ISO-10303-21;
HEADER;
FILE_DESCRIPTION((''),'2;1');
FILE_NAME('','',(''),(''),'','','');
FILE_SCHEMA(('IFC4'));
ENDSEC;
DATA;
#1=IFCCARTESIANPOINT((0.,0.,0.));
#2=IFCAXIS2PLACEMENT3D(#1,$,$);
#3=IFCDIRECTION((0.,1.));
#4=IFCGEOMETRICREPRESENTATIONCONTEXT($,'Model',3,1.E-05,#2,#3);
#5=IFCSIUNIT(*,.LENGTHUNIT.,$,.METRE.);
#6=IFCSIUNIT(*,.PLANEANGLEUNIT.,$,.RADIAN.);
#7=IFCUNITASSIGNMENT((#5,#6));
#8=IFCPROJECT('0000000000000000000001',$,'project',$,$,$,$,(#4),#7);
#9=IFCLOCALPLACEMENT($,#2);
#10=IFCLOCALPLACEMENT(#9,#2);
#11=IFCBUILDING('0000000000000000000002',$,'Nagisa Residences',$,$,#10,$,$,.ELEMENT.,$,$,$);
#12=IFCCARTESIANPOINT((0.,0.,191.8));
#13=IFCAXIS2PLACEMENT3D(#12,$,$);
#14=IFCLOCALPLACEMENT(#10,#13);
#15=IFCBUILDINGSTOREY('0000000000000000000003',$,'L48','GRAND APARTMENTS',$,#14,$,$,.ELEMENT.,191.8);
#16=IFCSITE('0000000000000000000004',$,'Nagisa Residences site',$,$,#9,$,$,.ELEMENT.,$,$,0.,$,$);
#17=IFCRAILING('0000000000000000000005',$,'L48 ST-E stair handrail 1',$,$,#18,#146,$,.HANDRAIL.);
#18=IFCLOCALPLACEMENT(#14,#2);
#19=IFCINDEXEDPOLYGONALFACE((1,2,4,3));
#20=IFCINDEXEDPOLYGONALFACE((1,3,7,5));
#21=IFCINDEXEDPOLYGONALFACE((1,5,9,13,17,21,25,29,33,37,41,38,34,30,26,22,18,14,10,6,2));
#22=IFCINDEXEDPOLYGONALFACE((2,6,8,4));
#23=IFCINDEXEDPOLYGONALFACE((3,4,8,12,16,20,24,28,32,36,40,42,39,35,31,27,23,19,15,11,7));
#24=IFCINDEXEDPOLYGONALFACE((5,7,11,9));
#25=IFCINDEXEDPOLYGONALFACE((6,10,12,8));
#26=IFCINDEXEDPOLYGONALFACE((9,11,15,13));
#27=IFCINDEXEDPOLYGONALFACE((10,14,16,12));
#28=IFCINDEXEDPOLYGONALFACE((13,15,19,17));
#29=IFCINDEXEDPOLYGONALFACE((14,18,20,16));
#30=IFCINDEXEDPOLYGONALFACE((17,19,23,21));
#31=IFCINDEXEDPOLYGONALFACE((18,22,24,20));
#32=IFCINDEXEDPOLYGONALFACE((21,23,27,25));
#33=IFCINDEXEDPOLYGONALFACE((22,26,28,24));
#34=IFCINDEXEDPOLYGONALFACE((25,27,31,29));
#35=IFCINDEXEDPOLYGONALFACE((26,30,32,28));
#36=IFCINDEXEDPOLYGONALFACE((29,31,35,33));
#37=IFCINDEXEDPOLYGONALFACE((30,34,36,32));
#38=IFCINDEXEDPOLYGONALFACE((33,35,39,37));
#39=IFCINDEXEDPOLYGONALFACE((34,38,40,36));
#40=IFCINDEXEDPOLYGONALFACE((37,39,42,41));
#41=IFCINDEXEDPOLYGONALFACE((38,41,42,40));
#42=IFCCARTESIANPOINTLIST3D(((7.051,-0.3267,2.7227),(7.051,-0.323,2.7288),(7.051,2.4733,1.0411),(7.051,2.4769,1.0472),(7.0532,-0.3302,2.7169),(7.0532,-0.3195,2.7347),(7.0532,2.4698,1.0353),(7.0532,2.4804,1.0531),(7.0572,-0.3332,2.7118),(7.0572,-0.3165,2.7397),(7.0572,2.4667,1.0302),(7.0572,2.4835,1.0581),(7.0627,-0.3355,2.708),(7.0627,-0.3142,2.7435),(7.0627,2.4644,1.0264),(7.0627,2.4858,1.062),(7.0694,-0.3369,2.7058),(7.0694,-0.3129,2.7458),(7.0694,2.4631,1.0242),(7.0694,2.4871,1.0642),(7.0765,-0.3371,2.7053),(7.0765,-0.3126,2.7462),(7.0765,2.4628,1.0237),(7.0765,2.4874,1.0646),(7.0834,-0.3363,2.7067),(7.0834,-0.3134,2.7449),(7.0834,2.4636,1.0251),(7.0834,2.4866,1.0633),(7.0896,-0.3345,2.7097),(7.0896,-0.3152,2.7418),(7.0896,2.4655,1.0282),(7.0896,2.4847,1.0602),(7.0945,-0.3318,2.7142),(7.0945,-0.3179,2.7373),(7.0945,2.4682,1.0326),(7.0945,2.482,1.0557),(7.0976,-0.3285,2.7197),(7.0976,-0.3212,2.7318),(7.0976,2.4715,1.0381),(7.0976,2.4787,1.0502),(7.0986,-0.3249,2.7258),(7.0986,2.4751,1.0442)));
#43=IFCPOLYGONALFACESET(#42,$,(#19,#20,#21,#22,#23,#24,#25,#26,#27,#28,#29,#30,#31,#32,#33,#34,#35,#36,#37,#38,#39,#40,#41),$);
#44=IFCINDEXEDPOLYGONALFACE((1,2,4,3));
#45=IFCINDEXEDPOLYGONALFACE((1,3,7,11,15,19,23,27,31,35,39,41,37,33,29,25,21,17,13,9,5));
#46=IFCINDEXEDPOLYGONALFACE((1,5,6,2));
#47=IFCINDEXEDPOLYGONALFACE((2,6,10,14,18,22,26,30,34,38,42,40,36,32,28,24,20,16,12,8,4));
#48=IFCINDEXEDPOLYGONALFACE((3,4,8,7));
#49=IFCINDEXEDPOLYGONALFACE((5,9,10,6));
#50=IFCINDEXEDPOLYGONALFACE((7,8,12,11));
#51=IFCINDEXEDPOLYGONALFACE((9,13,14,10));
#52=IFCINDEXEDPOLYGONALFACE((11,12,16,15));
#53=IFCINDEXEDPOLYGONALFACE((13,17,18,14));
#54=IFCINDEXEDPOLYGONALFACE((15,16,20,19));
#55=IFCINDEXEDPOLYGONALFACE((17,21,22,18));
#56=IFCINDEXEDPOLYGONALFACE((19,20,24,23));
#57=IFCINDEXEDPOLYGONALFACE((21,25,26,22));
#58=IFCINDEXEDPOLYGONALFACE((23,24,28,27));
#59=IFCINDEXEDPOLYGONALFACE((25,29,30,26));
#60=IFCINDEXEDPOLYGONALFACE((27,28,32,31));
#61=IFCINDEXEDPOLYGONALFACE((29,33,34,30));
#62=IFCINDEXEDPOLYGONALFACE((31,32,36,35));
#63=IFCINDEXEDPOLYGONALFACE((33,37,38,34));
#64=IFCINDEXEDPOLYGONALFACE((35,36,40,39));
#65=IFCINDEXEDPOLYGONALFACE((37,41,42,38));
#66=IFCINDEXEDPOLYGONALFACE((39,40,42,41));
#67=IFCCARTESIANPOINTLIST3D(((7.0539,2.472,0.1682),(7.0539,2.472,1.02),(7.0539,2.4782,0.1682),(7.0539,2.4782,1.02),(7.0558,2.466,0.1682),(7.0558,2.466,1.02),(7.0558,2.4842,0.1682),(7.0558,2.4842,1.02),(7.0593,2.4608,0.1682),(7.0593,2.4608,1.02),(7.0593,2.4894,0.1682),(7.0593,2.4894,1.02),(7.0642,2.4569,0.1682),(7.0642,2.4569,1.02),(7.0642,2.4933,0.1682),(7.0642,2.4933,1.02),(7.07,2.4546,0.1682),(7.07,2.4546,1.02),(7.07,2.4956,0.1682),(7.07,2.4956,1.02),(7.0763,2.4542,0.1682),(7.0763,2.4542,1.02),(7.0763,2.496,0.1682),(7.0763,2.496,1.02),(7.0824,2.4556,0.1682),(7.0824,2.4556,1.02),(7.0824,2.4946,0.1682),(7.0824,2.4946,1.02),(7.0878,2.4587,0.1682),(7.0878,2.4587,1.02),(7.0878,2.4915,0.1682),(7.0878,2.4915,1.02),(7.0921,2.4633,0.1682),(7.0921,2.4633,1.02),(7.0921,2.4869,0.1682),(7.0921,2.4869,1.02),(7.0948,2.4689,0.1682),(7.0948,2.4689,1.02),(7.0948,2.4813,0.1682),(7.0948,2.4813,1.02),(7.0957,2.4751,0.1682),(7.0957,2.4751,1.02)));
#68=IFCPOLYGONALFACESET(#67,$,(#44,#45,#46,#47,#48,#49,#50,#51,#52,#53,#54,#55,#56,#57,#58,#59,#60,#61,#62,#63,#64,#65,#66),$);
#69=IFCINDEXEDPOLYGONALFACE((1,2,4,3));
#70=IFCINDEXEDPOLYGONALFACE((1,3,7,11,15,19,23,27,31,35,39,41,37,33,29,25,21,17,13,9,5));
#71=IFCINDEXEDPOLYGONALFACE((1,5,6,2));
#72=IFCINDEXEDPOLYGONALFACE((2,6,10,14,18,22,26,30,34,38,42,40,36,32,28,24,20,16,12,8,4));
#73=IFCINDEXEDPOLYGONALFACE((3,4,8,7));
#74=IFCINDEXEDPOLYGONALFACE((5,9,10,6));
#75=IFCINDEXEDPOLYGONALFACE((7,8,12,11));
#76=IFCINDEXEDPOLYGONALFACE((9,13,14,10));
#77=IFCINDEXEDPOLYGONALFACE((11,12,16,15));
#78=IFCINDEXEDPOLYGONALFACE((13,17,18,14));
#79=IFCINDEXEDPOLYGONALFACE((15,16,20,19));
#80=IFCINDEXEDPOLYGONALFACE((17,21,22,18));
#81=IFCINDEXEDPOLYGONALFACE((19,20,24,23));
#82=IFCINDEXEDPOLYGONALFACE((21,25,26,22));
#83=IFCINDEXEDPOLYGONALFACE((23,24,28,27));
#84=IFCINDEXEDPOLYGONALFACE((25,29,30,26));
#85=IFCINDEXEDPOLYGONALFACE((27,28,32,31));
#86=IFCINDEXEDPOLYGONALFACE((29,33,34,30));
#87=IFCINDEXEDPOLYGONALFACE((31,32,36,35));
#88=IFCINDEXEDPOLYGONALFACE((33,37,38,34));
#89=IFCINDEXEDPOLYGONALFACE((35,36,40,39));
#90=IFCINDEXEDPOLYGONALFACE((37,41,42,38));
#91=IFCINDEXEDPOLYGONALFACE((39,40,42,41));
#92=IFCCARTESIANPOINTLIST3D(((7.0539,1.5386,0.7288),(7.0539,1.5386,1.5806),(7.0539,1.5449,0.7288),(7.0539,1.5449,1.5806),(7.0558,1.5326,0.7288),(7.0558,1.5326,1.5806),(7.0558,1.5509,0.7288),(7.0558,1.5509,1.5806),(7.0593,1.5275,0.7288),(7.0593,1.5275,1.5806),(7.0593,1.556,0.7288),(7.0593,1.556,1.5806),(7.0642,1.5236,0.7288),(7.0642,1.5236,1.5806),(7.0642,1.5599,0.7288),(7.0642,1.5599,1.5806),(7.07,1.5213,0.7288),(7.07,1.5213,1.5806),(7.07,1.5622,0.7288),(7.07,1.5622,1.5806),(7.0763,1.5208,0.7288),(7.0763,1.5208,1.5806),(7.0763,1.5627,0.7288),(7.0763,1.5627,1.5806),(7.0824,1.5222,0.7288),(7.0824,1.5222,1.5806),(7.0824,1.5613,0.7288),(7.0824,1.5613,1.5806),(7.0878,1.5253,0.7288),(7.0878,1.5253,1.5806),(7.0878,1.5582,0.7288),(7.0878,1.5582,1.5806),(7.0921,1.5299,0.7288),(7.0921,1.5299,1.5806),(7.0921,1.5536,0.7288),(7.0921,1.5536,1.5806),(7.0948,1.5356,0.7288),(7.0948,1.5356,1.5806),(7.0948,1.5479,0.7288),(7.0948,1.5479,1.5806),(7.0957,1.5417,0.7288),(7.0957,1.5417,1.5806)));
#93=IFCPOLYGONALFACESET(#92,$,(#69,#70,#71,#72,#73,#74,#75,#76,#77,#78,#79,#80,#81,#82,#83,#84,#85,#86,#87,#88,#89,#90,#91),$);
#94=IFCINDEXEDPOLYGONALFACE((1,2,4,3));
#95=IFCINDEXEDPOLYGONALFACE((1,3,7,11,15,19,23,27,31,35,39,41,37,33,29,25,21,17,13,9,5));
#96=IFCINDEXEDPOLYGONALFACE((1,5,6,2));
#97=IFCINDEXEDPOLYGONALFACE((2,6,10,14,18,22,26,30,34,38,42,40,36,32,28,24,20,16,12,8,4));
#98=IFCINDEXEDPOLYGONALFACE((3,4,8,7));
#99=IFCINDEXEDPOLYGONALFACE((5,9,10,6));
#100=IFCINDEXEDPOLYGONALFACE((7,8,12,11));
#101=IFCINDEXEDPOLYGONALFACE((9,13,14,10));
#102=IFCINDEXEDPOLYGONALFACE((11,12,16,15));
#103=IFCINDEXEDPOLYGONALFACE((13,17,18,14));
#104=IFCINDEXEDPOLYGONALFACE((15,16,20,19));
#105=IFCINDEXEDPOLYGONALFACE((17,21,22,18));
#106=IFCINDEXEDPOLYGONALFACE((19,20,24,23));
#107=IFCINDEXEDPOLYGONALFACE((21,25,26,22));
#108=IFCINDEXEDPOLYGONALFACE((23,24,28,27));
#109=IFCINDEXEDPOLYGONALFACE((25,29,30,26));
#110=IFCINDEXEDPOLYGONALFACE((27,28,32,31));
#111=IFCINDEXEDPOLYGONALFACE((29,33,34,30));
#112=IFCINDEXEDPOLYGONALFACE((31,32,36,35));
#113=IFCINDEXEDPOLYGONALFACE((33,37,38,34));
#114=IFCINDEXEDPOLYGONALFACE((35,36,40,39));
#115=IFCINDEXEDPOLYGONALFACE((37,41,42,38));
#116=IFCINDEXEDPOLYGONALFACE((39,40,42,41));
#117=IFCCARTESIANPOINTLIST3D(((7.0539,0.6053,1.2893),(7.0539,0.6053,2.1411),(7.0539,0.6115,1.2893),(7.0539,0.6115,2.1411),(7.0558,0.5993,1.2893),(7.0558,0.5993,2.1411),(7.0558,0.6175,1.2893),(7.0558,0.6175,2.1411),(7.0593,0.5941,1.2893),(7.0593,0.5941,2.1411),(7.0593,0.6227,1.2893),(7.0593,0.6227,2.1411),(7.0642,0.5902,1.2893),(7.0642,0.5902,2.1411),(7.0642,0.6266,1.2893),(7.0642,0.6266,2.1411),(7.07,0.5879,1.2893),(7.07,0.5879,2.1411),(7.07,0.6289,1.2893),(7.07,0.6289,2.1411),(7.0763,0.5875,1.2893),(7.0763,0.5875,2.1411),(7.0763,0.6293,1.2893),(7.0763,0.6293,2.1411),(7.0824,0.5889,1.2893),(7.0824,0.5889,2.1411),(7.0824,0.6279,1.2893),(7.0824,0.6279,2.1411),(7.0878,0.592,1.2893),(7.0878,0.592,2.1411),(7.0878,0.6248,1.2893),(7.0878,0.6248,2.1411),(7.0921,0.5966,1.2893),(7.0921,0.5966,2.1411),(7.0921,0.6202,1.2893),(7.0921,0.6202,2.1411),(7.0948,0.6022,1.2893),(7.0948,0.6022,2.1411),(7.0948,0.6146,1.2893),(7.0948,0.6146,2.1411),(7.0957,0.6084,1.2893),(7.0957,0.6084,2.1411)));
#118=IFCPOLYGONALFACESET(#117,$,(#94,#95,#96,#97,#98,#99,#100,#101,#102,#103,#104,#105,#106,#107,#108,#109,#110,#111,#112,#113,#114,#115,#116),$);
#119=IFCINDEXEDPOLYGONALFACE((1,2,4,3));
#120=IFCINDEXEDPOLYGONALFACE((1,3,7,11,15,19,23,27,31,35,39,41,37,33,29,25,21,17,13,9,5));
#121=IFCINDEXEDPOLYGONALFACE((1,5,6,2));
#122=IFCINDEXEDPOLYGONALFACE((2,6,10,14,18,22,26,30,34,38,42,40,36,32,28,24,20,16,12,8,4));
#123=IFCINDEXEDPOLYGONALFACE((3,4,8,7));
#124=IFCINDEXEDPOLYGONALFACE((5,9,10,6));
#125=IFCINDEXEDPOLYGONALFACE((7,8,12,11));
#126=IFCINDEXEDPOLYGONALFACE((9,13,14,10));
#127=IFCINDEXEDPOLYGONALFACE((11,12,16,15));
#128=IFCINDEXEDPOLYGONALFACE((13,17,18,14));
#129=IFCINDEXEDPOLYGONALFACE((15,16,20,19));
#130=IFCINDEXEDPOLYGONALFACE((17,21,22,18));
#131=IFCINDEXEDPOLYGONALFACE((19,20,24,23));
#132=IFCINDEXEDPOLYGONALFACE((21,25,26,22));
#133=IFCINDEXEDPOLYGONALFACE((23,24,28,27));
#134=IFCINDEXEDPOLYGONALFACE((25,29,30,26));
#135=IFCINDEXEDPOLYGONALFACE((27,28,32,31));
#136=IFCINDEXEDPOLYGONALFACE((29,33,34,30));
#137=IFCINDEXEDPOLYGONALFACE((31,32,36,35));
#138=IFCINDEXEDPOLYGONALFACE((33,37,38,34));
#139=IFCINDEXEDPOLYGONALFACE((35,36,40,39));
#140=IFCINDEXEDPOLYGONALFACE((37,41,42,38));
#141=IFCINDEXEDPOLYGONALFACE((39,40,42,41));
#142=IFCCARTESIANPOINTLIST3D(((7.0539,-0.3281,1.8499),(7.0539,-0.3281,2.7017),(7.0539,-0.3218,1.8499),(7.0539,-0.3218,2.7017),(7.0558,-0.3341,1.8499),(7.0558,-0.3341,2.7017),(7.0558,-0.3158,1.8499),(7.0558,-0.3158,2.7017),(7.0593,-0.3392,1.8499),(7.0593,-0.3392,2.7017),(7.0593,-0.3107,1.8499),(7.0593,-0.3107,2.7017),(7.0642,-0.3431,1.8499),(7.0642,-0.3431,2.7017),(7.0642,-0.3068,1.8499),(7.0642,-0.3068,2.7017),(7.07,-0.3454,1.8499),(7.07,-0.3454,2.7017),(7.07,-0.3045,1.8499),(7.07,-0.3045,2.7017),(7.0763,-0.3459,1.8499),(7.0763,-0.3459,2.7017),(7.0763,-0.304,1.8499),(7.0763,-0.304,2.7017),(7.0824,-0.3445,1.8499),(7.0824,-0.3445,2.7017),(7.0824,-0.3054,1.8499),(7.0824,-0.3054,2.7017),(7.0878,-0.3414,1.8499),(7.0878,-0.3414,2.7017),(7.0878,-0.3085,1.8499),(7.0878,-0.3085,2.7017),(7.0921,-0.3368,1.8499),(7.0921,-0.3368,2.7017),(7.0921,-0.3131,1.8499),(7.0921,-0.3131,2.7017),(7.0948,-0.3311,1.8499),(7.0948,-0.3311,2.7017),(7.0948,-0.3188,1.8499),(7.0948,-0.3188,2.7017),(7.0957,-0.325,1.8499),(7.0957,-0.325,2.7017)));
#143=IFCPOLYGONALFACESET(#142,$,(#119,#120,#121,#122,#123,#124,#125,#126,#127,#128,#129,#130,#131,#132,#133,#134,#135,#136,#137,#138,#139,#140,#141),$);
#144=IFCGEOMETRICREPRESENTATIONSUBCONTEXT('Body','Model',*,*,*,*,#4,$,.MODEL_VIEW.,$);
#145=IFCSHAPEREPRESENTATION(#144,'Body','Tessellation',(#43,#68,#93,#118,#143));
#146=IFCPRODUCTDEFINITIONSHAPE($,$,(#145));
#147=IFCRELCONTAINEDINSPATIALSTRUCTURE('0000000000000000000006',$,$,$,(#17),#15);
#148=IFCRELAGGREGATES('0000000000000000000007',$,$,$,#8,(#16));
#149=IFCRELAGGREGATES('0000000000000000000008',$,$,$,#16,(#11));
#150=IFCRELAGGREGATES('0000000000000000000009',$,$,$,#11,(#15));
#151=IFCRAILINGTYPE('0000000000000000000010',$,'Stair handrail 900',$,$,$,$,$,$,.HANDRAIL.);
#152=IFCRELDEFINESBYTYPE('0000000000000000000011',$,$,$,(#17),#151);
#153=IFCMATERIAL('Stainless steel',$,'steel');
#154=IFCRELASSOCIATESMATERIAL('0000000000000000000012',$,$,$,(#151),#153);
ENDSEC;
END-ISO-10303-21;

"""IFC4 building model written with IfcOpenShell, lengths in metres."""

from ifc_helpers import new_model, si_unit, direction, frame, origin, origin_2d, place, context, subcontext, project, spatial, circle, extrude, material, type_object, element, save


model = new_model("IFC4")

# Units and contexts
model_context = context("Model", 3, precision=1e-05, world=origin(), true_north=direction((0.0, 1.0)))
body_context = subcontext(model_context, "Body", "Model", "MODEL_VIEW")
ifc_project = project(units=[si_unit("LENGTHUNIT", "METRE"), si_unit("PLANEANGLEUNIT", "RADIAN")], contexts=[model_context])

# Site, building, storey
site_placement = place(None, origin())
site = spatial("IfcSite", under=ifc_project, at=site_placement, Name="Nagisa Residences site", CompositionType="ELEMENT", RefElevation=0.0)
building_placement = place(site_placement, origin())
building = spatial("IfcBuilding", under=site, at=building_placement, Name="Nagisa Residences", CompositionType="ELEMENT")
storey_placement = place(building_placement, frame((0.0, 0.0, 191.8)))
storey = spatial("IfcBuildingStorey", under=building, at=storey_placement, Name="L48", Description="GRAND APARTMENTS", CompositionType="ELEMENT", Elevation=191.8)

# Railing
ifc_material_1 = material(Name="Stainless steel", Category="steel")
railing_type_1 = type_object("IfcRailingType", Name="Stair handrail 900", PredefinedType="HANDRAIL", material=ifc_material_1)
railing_1_placement = place(storey_placement, frame((7.0747, 2.4751, 0.1682)))
element("IfcRailing", 1, at=railing_1_placement, inside=storey, type_object=railing_type_1, Name="L48 ST-E stair handrail 1", PredefinedType="HANDRAIL", context=body_context, shape_type="SweptSolid", body=[
    extrude(circle(Radius=0.0239, at=origin_2d()), frame((0.0, 0.0, 0.876), z_axis=(0.0, -0.857275, 0.514858), x_axis=(1.0, 0.0, 0.0)), (0.0, 0.0, 1.0), 3.2661),
    extrude(circle(Radius=0.021, at=origin_2d()), origin(), (0.0, 0.0, 1.0), 0.8518),
    extrude(circle(Radius=0.021, at=origin_2d()), frame((0.0, -0.9333, 0.5605)), (0.0, 0.0, 1.0), 0.8518),
    extrude(circle(Radius=0.021, at=origin_2d()), frame((0.0, -1.8667, 1.1211)), (0.0, 0.0, 1.0), 0.8518),
    extrude(circle(Radius=0.021, at=origin_2d()), frame((0.0, -2.8, 1.6816)), (0.0, 0.0, 1.0), 0.8518),
])

save(model, "model.ifc")
